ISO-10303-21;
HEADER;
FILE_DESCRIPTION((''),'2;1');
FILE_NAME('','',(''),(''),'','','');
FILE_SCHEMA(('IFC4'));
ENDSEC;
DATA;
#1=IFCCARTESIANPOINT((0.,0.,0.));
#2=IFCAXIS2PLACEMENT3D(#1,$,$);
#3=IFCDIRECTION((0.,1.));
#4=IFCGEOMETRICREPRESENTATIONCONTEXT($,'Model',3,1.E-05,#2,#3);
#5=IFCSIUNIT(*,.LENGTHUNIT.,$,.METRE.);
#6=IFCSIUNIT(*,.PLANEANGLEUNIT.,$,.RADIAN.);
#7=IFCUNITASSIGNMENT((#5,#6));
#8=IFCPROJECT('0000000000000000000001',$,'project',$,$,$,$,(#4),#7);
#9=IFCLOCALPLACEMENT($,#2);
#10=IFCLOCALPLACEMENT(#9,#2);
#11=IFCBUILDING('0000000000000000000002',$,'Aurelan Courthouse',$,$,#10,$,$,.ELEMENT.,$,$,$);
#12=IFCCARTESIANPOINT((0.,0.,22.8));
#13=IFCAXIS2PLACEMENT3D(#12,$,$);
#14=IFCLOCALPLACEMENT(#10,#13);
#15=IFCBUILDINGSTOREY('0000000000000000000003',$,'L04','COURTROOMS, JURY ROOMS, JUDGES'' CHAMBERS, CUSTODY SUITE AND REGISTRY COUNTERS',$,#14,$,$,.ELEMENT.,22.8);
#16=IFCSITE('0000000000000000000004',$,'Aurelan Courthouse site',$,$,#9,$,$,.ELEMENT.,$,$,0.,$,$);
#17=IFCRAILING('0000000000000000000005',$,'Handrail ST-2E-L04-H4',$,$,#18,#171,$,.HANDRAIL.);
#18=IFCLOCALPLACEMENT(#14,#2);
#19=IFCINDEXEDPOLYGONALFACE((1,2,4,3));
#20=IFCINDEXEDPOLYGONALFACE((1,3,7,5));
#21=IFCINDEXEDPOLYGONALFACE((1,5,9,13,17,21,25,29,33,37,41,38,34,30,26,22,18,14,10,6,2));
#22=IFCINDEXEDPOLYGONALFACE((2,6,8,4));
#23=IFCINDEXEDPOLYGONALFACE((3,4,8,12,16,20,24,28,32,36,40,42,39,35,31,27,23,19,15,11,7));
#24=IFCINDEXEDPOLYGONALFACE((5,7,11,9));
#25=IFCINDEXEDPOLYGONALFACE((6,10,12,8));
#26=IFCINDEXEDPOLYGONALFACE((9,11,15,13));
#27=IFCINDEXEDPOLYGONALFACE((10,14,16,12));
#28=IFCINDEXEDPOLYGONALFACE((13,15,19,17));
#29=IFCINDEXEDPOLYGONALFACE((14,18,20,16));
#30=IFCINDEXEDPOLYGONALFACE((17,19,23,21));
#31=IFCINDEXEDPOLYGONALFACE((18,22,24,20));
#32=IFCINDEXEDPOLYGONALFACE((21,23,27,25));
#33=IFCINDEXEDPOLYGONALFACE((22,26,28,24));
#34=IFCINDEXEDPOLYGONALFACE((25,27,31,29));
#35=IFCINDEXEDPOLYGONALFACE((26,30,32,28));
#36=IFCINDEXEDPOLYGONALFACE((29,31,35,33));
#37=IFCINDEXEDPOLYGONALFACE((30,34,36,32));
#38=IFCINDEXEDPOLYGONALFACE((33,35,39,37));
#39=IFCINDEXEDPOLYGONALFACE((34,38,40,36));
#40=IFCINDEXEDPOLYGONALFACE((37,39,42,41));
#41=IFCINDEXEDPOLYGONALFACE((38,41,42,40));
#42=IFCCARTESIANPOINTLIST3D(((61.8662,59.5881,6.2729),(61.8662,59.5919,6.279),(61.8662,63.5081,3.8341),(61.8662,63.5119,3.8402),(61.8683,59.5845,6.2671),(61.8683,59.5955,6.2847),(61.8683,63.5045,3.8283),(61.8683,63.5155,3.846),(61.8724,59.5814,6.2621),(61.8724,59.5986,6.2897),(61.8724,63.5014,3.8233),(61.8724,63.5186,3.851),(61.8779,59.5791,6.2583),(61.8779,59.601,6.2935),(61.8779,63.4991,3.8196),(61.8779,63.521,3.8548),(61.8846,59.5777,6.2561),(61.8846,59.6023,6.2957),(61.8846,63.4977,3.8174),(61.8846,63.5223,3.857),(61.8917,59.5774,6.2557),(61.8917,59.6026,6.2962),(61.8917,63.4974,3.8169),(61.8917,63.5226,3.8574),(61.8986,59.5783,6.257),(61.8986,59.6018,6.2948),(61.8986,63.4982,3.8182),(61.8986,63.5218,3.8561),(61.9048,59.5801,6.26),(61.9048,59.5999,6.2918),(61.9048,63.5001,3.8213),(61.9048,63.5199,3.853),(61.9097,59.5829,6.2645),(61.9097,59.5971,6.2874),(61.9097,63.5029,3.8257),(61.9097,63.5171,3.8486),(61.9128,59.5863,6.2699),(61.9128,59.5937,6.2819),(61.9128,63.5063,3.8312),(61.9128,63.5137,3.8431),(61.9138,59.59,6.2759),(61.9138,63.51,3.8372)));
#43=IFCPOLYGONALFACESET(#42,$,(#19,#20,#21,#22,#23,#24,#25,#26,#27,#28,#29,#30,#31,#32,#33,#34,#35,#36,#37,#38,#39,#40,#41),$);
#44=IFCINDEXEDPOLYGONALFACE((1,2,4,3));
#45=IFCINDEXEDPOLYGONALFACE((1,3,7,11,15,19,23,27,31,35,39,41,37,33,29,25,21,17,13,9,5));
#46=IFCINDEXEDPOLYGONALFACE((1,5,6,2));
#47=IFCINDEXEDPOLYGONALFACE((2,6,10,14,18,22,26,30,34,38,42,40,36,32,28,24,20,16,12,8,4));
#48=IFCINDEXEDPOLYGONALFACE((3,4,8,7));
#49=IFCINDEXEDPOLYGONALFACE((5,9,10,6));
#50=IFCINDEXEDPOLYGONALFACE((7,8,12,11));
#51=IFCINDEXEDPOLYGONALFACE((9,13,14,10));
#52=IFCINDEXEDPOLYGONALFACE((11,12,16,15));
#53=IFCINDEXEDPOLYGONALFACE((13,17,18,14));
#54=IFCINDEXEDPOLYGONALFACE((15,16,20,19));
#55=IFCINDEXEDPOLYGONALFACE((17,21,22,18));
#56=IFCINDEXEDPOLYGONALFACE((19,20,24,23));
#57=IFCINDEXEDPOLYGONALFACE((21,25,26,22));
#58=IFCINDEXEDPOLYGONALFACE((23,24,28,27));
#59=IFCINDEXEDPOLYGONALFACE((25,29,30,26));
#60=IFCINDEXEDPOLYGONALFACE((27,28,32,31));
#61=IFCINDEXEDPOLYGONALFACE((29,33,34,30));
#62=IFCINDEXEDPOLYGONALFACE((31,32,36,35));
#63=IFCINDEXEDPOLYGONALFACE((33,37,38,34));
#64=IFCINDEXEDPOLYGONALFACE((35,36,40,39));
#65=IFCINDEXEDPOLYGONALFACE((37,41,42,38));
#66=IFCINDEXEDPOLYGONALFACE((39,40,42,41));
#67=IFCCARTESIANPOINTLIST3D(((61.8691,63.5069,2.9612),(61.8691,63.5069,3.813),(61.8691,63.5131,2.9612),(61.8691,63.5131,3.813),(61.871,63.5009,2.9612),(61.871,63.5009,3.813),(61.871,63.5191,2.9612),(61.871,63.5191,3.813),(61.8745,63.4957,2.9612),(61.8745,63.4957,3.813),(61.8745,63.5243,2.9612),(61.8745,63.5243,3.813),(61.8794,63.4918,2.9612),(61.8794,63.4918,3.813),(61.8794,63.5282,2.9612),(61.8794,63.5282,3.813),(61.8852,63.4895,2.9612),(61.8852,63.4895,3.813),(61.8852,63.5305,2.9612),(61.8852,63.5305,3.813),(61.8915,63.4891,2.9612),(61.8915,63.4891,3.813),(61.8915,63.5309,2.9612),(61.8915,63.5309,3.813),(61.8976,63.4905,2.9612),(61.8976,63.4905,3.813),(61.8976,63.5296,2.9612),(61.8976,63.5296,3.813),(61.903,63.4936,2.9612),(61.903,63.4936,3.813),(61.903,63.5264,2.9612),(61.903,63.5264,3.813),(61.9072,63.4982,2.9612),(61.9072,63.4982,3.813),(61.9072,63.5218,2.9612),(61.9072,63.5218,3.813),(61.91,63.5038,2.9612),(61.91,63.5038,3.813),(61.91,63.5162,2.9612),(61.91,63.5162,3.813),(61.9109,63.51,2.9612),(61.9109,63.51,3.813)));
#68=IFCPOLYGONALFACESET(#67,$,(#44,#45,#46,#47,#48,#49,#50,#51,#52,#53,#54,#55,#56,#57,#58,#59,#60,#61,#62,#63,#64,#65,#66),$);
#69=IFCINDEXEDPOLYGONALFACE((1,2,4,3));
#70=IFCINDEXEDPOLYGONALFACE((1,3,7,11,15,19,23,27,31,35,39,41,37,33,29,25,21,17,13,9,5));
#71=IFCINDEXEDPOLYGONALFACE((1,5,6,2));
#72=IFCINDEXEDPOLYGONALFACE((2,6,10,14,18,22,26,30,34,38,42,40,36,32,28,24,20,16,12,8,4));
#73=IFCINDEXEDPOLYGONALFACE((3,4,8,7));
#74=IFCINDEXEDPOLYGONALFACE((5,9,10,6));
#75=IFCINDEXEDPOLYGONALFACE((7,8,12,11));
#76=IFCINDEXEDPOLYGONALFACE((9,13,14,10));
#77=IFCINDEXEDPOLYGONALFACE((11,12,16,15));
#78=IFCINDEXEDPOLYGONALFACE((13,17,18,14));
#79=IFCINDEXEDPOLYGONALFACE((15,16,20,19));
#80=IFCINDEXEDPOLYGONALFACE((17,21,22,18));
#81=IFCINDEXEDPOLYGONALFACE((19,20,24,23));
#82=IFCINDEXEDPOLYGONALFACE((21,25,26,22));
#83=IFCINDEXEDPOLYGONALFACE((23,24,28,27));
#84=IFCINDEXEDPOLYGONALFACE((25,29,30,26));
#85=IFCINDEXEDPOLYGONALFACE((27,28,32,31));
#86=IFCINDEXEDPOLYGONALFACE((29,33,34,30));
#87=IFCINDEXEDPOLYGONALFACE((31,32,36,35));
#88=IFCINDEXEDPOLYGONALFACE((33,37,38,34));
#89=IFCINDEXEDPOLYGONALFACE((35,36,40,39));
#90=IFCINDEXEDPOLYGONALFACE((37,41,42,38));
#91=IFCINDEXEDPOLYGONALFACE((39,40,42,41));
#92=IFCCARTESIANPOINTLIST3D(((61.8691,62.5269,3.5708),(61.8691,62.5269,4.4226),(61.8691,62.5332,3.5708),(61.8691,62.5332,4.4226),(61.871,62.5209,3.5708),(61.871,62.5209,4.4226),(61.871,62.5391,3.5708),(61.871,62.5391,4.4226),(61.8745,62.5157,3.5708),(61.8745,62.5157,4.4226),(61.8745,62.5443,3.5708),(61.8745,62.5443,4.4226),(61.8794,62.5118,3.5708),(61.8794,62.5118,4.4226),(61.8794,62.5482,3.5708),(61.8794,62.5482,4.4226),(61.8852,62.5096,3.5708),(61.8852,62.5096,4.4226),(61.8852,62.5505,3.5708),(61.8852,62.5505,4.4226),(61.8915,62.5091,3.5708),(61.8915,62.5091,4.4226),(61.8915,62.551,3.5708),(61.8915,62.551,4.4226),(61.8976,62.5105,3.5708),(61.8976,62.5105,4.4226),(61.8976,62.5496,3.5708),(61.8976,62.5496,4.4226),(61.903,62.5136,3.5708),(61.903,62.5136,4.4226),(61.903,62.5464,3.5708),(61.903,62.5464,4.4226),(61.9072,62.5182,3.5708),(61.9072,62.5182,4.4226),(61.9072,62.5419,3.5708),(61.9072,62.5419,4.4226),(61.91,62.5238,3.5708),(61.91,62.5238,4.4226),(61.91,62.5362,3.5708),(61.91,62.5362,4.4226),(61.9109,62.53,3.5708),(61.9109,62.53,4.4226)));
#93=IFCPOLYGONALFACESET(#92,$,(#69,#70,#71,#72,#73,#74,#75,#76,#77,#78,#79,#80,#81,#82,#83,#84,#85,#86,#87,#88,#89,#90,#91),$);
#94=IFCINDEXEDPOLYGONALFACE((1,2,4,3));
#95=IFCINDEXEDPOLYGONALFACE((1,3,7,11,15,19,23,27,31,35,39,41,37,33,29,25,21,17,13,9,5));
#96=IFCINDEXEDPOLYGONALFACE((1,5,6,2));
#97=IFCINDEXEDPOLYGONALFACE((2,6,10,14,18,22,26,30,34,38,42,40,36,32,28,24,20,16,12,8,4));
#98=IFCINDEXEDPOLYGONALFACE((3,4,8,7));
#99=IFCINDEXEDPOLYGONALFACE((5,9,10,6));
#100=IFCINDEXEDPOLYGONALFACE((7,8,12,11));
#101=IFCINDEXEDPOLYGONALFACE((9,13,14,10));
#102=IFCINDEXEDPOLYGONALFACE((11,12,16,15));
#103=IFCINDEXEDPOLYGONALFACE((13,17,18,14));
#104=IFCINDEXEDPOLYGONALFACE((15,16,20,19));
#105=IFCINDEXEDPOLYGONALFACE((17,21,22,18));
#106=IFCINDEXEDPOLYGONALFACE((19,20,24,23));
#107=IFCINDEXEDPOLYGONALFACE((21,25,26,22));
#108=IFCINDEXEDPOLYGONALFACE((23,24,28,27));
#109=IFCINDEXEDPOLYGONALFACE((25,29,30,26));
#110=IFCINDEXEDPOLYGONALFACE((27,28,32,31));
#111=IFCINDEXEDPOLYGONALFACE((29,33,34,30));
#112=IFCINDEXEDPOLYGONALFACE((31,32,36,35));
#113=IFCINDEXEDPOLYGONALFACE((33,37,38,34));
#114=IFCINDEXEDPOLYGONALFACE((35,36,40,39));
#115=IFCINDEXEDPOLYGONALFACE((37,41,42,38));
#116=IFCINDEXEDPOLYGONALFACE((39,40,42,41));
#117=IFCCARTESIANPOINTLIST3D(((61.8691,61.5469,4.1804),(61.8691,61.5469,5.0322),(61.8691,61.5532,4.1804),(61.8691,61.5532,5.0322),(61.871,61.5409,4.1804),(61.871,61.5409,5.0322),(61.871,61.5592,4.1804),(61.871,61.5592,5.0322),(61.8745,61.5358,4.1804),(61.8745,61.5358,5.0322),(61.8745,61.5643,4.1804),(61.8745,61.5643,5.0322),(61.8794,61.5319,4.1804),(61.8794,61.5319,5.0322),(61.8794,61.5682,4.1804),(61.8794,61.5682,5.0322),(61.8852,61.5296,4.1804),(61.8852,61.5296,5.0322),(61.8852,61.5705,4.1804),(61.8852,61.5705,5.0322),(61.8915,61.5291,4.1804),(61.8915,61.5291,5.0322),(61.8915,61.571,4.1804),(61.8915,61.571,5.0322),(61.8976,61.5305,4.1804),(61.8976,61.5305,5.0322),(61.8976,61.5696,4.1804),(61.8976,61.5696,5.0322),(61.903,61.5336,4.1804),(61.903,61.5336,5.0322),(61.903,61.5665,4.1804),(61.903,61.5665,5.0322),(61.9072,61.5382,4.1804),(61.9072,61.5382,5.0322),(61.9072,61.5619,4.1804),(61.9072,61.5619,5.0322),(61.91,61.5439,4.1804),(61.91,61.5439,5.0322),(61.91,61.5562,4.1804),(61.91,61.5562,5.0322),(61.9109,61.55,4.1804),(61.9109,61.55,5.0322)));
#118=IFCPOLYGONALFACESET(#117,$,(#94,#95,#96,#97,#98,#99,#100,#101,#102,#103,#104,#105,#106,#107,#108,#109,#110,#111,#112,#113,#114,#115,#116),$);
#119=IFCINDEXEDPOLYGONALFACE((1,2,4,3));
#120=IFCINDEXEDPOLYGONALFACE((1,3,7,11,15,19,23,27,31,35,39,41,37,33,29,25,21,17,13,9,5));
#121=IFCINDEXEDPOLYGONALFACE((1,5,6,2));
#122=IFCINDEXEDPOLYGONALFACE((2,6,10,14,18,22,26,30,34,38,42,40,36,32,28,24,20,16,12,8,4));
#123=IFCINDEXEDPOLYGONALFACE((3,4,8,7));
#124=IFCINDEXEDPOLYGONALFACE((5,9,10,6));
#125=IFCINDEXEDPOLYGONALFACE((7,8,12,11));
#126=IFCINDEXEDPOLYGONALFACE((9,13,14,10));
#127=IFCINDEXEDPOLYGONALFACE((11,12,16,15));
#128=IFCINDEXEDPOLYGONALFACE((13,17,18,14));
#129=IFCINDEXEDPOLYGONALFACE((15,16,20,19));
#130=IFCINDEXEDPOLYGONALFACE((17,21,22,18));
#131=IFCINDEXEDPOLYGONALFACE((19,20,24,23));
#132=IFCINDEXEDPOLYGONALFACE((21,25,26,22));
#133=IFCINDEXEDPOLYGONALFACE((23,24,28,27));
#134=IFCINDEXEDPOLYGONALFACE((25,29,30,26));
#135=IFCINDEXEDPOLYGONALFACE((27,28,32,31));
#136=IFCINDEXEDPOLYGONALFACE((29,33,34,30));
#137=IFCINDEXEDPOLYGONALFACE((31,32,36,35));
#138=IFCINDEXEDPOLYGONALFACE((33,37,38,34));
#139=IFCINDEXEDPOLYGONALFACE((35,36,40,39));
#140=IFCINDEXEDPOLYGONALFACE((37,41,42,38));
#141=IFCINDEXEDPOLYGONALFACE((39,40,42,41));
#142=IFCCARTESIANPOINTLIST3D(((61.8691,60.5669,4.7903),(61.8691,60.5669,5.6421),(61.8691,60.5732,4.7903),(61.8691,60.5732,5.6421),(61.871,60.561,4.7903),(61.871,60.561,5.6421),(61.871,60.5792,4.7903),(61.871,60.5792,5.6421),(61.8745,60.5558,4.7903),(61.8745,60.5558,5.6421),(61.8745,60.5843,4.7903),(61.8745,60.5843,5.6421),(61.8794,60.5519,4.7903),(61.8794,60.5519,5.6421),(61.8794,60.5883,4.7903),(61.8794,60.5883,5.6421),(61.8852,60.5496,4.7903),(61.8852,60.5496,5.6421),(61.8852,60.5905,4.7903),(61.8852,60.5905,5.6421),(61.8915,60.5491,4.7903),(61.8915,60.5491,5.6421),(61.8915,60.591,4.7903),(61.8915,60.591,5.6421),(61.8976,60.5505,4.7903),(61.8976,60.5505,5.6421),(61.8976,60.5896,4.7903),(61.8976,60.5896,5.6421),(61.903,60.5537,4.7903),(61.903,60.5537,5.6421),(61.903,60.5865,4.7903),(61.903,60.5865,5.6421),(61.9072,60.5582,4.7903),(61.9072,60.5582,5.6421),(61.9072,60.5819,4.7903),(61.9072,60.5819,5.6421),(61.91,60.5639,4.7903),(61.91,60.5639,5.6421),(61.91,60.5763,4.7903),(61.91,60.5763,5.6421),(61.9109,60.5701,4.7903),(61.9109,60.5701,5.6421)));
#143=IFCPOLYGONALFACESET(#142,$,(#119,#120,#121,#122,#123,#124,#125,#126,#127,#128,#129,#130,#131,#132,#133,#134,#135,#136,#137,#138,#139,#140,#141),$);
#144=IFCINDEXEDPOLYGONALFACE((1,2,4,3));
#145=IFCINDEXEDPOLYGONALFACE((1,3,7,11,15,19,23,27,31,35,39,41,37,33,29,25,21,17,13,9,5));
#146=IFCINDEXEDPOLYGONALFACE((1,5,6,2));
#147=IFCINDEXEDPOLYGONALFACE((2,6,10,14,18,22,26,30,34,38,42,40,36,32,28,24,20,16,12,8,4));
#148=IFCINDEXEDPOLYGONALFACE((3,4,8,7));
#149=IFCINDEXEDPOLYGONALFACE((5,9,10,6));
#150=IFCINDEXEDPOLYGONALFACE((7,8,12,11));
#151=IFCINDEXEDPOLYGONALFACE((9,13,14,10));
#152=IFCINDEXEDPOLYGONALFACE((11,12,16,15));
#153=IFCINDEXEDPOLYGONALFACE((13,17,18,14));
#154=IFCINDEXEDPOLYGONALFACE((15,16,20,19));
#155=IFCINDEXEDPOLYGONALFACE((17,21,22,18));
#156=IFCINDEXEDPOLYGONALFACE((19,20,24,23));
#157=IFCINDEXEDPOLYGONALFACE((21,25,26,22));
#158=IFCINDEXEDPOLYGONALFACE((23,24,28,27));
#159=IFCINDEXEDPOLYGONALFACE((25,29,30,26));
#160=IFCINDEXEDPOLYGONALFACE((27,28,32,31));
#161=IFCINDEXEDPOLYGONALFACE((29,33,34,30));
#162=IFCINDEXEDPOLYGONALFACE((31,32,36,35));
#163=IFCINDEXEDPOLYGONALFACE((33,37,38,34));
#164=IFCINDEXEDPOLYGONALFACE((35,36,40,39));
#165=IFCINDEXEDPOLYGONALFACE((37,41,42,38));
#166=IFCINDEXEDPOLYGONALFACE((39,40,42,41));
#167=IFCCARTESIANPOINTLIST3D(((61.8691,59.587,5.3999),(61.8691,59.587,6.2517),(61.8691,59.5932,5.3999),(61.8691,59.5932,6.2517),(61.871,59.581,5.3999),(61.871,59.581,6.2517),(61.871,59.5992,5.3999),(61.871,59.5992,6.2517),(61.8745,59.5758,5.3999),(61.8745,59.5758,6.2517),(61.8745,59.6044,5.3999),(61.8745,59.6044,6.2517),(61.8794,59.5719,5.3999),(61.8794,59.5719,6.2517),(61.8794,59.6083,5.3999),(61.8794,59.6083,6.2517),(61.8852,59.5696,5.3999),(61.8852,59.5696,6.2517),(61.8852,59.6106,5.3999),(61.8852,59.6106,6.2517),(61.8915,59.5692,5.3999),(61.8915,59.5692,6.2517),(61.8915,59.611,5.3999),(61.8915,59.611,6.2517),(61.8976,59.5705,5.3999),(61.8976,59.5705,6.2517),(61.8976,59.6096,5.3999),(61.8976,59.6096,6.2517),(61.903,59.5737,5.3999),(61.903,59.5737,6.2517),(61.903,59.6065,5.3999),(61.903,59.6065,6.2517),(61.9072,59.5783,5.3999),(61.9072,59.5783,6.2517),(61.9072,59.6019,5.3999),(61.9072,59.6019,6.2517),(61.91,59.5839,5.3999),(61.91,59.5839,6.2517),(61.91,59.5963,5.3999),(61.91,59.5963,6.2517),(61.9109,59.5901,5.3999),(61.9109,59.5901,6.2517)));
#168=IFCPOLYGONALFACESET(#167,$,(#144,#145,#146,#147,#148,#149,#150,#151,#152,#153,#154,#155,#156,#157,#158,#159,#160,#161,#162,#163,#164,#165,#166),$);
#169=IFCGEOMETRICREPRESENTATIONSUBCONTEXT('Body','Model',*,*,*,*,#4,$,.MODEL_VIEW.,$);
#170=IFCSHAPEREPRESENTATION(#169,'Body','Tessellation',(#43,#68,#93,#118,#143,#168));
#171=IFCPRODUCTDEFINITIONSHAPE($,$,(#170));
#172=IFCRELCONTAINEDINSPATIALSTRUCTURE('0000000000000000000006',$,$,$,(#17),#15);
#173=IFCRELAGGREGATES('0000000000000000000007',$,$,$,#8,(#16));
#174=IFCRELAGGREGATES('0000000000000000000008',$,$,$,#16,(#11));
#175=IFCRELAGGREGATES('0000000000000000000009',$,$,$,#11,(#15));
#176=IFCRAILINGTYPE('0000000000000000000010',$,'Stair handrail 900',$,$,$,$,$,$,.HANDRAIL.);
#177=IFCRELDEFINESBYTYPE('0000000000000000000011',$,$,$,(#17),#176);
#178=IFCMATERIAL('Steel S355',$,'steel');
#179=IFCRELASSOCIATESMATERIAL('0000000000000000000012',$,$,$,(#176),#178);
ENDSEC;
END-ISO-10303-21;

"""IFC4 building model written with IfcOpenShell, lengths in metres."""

from ifc_helpers import new_model, si_unit, direction, frame, origin, origin_2d, place, context, subcontext, project, spatial, circle, extrude, material, type_object, element, save


model = new_model("IFC4")

# Units and contexts
model_context = context("Model", 3, precision=1e-05, world=origin(), true_north=direction((0.0, 1.0)))
body_context = subcontext(model_context, "Body", "Model", "MODEL_VIEW")
ifc_project = project(units=[si_unit("LENGTHUNIT", "METRE"), si_unit("PLANEANGLEUNIT", "RADIAN")], contexts=[model_context])

# Site, building, storey
site_placement = place(None, origin())
site = spatial("IfcSite", under=ifc_project, at=site_placement, Name="Aurelan Courthouse site", CompositionType="ELEMENT", RefElevation=0.0)
building_placement = place(site_placement, origin())
building = spatial("IfcBuilding", under=site, at=building_placement, Name="Aurelan Courthouse", CompositionType="ELEMENT")
storey_placement = place(building_placement, frame((0.0, 0.0, 22.8)))
storey = spatial("IfcBuildingStorey", under=building, at=storey_placement, Name="L04", Description="COURTROOMS, JURY ROOMS, JUDGES' CHAMBERS, CUSTODY SUITE AND REGISTRY COUNTERS", CompositionType="ELEMENT", Elevation=22.8)

# Railing
ifc_material_1 = material(Name="Steel S355", Category="steel")
railing_type_1 = type_object("IfcRailingType", Name="Stair handrail 900", PredefinedType="HANDRAIL", material=ifc_material_1)
for number, where, name in (
    (1, (61.8899, 63.51, 2.9612), "Handrail ST-2E-L04-H4"),
):
    element("IfcRailing", number, at=place(storey_placement, frame(where)), inside=storey, type_object=railing_type_1, Name=name, PredefinedType="HANDRAIL", context=body_context, shape_type="SweptSolid", body=[
        extrude(circle(Radius=0.0239, at=origin_2d()), frame((0.0, 0.0, 0.876), z_axis=(0.0, -0.84909, 0.528249), x_axis=(1.0, 0.0, 0.0)), (0.0, 0.0, 1.0), 4.6167),
        extrude(circle(Radius=0.021, at=origin_2d()), origin(), (0.0, 0.0, 1.0), 0.8518),
        extrude(circle(Radius=0.021, at=origin_2d()), frame((0.0, -0.98, 0.6096)), (0.0, 0.0, 1.0), 0.8518),
        extrude(circle(Radius=0.021, at=origin_2d()), frame((0.0, -1.96, 1.2192)), (0.0, 0.0, 1.0), 0.8518),
        extrude(circle(Radius=0.021, at=origin_2d()), frame((0.0, -2.9399, 1.8291)), (0.0, 0.0, 1.0), 0.8518),
        extrude(circle(Radius=0.021, at=origin_2d()), frame((0.0, -3.9199, 2.4387)), (0.0, 0.0, 1.0), 0.8518),
    ])

save(model, "model.ifc")
